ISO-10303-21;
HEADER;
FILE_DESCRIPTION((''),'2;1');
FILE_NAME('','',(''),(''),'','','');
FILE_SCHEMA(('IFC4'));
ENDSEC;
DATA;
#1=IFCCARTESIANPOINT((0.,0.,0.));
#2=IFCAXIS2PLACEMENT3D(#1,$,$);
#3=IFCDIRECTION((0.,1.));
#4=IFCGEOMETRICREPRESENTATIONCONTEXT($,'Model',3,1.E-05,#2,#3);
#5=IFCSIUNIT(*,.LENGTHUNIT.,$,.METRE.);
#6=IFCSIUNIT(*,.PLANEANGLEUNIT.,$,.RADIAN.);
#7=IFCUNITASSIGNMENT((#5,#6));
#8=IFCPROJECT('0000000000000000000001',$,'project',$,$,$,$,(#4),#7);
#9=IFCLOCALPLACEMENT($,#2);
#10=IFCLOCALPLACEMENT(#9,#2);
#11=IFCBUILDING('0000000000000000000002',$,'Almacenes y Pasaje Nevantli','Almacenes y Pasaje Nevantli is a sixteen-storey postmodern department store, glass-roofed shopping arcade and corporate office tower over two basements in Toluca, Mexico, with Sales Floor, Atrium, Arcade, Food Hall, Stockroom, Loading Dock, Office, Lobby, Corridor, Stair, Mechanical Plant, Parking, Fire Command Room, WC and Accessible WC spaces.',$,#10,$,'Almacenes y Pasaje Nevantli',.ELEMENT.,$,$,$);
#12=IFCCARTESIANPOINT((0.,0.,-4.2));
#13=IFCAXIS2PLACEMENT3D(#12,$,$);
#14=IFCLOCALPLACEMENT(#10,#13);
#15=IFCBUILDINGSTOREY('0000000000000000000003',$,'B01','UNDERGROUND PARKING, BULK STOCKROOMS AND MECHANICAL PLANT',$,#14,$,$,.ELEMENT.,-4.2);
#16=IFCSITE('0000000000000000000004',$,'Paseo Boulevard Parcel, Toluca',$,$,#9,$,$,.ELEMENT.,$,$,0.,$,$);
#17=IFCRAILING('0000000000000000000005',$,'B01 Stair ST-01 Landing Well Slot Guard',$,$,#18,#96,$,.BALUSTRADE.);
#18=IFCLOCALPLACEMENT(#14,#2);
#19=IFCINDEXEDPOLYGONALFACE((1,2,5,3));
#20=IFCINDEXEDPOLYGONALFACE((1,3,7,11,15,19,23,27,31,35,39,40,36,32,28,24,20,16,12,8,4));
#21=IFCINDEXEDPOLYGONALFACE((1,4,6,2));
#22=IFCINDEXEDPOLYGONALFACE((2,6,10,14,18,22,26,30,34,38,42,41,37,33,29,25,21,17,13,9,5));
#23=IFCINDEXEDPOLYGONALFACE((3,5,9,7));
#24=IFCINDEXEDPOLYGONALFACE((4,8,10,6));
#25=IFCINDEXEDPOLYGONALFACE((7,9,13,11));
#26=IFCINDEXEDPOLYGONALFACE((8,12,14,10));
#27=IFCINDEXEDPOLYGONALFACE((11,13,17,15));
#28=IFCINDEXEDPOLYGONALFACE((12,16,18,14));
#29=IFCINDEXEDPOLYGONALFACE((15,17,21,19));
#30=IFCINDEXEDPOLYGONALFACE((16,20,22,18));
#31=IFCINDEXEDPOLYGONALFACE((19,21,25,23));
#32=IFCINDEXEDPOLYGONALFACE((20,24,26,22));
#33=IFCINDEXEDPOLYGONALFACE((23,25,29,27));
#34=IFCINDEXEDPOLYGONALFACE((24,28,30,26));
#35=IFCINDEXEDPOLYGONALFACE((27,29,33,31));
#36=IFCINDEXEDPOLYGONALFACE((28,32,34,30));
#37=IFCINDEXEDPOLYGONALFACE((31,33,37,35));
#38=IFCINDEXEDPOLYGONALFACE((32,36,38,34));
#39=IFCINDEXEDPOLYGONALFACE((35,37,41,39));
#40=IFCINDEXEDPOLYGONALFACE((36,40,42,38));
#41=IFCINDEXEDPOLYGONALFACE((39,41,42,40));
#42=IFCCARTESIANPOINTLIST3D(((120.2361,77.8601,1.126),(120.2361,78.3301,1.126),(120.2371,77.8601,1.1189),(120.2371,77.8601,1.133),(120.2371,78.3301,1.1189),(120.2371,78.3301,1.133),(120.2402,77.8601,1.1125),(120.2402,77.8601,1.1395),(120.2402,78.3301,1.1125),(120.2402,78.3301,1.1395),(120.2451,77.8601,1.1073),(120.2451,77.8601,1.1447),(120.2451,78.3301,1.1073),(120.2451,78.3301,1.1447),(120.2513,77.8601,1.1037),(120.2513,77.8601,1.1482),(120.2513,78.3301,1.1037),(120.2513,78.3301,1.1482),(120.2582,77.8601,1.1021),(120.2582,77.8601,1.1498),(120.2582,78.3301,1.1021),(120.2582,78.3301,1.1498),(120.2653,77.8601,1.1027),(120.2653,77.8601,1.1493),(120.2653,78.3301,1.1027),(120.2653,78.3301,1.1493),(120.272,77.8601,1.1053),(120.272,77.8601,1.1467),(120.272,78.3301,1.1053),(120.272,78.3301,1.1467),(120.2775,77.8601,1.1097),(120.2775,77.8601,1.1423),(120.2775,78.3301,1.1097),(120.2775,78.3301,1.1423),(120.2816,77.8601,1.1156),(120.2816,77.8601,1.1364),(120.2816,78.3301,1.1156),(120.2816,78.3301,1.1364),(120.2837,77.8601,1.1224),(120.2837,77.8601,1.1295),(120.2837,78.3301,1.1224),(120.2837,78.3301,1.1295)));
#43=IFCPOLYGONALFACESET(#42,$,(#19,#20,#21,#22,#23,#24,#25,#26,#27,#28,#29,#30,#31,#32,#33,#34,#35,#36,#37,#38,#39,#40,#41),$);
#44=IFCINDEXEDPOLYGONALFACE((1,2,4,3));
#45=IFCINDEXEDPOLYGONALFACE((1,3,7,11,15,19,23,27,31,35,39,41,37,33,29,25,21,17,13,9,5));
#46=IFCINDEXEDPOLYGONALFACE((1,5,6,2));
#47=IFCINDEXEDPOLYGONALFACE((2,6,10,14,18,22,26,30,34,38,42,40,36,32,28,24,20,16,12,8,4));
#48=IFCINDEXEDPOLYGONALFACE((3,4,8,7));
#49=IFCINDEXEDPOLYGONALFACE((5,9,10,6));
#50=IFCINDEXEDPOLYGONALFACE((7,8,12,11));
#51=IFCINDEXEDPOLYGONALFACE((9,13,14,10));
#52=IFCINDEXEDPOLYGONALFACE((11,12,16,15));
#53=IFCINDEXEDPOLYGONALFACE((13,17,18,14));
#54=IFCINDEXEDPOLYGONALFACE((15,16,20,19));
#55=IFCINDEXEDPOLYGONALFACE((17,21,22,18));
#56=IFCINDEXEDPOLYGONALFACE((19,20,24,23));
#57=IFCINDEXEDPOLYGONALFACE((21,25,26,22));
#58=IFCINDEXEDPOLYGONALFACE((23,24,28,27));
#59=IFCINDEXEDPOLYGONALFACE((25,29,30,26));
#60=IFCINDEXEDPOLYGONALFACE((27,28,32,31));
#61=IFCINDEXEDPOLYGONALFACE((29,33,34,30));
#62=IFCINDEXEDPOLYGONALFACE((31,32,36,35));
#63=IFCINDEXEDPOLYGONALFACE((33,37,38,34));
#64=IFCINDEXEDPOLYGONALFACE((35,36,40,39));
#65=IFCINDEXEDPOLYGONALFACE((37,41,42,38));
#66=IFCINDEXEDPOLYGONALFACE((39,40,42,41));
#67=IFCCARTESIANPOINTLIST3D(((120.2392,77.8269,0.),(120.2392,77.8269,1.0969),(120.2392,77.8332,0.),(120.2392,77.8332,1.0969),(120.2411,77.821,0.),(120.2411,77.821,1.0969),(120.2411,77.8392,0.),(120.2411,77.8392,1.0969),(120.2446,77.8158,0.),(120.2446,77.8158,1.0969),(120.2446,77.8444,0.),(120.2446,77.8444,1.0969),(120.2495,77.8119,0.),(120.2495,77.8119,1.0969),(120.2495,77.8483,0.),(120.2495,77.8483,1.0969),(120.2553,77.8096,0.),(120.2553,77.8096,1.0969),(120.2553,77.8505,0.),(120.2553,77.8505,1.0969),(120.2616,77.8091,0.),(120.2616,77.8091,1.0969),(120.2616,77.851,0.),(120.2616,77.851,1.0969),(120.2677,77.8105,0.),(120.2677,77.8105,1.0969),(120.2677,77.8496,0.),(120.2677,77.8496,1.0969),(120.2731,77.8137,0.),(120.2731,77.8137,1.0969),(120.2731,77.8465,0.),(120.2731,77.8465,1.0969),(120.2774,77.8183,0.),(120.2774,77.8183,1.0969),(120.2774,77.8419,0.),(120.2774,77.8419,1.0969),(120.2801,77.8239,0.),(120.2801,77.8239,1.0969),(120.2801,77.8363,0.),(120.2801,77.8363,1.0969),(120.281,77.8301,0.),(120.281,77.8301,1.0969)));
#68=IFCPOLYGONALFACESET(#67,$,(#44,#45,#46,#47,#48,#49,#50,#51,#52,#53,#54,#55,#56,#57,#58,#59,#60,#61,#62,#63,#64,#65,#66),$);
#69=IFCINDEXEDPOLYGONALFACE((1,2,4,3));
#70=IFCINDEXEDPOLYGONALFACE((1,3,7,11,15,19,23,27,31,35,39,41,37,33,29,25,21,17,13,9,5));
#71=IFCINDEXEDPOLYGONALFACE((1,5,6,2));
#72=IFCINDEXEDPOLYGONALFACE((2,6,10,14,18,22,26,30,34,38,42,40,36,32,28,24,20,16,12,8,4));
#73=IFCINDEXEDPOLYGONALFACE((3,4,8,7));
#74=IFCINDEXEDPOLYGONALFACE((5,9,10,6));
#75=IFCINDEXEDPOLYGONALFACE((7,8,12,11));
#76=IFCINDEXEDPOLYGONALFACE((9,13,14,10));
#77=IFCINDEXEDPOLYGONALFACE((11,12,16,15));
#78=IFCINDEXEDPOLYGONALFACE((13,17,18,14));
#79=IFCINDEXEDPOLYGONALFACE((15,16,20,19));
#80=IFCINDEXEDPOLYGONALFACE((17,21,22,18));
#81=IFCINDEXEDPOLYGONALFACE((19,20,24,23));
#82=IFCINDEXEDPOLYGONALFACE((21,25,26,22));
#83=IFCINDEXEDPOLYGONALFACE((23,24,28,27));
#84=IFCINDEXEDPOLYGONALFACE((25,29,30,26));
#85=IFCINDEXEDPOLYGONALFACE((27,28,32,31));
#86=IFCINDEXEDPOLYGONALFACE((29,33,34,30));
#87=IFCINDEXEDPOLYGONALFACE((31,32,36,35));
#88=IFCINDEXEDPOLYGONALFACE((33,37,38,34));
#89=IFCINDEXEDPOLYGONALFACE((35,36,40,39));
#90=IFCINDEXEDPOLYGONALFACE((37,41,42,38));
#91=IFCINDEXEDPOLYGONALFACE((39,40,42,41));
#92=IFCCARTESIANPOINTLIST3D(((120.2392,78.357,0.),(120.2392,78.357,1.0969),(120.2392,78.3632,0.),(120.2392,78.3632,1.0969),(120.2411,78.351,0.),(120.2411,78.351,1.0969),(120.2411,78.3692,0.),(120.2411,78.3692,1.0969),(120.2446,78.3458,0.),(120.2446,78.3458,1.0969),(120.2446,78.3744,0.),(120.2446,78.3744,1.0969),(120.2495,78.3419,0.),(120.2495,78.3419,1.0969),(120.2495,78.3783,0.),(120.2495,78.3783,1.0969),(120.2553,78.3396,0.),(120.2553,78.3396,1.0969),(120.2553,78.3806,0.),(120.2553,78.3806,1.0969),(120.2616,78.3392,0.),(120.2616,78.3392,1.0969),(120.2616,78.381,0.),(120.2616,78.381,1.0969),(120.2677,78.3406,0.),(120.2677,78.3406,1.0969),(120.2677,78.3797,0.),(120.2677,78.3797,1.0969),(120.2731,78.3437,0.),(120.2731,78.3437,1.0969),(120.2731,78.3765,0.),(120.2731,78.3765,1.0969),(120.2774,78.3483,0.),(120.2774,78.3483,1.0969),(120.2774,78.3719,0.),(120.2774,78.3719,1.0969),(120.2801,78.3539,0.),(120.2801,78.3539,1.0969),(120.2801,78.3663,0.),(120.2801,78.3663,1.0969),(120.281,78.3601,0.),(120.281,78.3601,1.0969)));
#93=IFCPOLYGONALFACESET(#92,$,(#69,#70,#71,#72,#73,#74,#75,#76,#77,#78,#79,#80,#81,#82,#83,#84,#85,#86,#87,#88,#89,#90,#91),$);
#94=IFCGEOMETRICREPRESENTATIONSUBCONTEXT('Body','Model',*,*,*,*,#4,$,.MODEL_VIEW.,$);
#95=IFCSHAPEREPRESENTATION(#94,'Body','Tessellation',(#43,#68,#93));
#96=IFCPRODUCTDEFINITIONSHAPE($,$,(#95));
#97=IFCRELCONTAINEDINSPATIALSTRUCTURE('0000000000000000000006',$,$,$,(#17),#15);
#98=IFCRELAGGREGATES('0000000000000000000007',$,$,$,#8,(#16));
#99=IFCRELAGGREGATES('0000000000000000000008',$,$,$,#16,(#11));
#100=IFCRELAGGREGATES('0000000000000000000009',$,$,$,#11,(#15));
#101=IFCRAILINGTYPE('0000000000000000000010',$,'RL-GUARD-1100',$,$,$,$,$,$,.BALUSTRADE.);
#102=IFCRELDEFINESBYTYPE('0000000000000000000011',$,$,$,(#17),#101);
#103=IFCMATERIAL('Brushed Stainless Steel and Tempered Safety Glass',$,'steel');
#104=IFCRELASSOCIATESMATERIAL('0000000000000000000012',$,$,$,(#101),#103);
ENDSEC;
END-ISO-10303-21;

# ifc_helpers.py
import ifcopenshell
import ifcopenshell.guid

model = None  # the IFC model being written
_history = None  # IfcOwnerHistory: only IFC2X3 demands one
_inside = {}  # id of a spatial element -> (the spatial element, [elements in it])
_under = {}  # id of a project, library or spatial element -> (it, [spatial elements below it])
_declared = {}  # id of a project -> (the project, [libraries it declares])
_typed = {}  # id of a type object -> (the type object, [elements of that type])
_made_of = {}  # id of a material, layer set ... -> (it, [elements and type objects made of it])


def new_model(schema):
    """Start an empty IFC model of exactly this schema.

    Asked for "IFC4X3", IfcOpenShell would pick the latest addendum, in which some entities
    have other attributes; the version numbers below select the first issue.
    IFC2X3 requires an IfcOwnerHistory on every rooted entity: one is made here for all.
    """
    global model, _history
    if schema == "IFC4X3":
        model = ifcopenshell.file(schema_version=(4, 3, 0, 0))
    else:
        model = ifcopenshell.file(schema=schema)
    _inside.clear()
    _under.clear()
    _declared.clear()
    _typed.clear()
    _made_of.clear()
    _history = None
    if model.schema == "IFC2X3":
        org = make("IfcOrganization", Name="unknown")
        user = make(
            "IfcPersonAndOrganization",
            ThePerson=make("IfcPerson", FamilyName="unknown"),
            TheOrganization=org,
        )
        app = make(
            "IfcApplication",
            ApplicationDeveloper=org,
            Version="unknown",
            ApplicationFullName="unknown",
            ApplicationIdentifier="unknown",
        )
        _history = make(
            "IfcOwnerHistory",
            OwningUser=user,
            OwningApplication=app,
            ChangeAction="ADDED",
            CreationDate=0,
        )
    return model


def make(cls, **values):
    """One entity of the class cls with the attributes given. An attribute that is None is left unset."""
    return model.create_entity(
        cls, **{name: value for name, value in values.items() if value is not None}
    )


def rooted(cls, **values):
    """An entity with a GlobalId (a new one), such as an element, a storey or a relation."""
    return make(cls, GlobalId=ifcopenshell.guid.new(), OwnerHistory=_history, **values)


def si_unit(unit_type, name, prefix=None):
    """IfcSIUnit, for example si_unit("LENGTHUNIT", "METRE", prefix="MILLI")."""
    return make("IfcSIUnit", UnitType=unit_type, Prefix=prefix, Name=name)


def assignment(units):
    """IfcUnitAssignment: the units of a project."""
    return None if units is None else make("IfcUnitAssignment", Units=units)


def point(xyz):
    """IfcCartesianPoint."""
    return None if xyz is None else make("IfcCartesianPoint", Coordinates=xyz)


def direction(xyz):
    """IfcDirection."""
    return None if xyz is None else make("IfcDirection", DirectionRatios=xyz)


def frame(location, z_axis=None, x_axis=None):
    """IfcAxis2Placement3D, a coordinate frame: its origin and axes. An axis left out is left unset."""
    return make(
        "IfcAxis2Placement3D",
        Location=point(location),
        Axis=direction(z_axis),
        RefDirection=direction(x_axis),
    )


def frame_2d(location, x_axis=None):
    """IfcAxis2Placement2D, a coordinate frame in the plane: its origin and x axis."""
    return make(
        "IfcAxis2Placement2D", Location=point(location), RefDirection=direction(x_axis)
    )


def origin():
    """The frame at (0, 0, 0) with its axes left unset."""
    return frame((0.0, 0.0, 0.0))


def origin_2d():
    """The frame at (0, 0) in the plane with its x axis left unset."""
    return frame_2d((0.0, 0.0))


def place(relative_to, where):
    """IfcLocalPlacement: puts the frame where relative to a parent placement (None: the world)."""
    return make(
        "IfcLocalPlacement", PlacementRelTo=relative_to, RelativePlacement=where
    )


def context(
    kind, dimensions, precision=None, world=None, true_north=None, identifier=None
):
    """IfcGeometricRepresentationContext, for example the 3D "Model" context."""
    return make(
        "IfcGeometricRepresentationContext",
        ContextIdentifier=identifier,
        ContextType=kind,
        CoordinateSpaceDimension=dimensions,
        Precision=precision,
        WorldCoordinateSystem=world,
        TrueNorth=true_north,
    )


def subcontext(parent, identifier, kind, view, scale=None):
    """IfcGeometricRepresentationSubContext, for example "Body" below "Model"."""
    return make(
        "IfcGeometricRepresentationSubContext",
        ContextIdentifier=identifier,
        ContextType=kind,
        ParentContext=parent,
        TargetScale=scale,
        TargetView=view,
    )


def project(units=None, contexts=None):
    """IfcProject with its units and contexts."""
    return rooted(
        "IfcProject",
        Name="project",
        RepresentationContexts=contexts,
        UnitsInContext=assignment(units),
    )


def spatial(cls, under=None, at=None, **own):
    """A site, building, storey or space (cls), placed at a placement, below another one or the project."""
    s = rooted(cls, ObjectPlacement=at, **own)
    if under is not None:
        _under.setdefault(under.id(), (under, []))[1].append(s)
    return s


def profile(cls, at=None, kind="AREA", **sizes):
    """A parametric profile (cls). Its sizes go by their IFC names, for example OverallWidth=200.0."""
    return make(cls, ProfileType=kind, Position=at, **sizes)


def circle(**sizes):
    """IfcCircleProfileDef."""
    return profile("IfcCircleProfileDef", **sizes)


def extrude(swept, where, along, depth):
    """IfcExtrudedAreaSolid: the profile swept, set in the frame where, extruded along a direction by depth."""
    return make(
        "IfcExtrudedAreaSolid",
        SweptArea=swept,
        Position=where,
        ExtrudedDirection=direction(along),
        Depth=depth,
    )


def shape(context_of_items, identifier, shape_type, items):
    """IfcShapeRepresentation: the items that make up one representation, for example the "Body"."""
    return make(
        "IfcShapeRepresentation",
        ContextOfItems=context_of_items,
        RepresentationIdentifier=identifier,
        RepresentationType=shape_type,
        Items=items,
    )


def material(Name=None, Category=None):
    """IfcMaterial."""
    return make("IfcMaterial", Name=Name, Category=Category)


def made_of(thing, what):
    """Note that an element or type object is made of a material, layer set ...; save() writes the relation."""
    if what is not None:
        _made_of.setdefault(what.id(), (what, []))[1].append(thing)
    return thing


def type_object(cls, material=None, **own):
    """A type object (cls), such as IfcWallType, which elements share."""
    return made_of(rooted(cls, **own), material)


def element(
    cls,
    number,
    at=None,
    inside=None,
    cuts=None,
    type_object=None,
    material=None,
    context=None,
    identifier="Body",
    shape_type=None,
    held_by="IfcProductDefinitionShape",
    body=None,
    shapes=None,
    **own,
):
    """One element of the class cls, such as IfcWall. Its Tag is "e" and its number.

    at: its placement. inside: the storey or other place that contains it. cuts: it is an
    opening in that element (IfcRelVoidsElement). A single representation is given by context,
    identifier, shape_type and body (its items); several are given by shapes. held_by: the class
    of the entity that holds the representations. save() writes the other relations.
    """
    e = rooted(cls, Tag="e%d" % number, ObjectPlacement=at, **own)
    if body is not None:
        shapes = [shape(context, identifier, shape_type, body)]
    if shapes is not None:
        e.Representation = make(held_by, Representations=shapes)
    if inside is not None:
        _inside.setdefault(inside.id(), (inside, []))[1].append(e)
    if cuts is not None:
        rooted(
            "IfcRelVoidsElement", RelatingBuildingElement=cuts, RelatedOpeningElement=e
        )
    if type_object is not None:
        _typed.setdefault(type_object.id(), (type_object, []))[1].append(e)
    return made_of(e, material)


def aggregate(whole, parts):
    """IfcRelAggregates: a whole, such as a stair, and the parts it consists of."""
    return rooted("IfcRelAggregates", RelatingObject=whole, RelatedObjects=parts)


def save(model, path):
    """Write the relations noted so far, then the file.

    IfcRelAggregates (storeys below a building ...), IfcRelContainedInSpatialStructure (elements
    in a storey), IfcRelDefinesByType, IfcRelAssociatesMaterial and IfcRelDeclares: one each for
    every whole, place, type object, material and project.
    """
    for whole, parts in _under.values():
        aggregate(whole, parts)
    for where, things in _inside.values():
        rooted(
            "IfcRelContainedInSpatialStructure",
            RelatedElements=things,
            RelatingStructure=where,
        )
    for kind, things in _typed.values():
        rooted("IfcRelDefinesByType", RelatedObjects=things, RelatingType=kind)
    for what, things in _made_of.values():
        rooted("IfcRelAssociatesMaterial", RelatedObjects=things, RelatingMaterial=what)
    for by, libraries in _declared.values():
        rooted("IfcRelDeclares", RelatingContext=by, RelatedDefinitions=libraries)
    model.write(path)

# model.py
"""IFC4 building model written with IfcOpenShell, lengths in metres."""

from ifc_helpers import new_model, si_unit, direction, frame, origin, origin_2d, place, context, subcontext, project, spatial, circle, extrude, material, type_object, element, save


model = new_model("IFC4")

# Units and contexts
model_context = context("Model", 3, precision=1e-05, world=origin(), true_north=direction((0.0, 1.0)))
body_context = subcontext(model_context, "Body", "Model", "MODEL_VIEW")
ifc_project = project(units=[si_unit("LENGTHUNIT", "METRE"), si_unit("PLANEANGLEUNIT", "RADIAN")], contexts=[model_context])

# Site, building, storey
site_placement = place(None, origin())
site = spatial("IfcSite", under=ifc_project, at=site_placement, Name="Paseo Boulevard Parcel, Toluca", CompositionType="ELEMENT", RefElevation=0.0)
building_placement = place(site_placement, origin())
building = spatial("IfcBuilding", under=site, at=building_placement, Name="Almacenes y Pasaje Nevantli", Description="Almacenes y Pasaje Nevantli is a sixteen-storey postmodern department store, glass-roofed shopping arcade and corporate office tower over two basements in Toluca, Mexico, with Sales Floor, Atrium, Arcade, Food Hall, Stockroom, Loading Dock, Office, Lobby, Corridor, Stair, Mechanical Plant, Parking, Fire Command Room, WC and Accessible WC spaces.", LongName="Almacenes y Pasaje Nevantli", CompositionType="ELEMENT")
storey_placement = place(building_placement, frame((0.0, 0.0, -4.2)))
storey = spatial("IfcBuildingStorey", under=building, at=storey_placement, Name="B01", Description="UNDERGROUND PARKING, BULK STOCKROOMS AND MECHANICAL PLANT", CompositionType="ELEMENT", Elevation=-4.2)

# Railing
ifc_material_1 = material(Name="Brushed Stainless Steel and Tempered Safety Glass", Category="steel")
railing_type_1 = type_object("IfcRailingType", Name="RL-GUARD-1100", PredefinedType="BALUSTRADE", material=ifc_material_1)
railing_1_placement = place(storey_placement, frame((120.26, 77.8301, 0.0)))
element("IfcRailing", 1, at=railing_1_placement, inside=storey, type_object=railing_type_1, Name="B01 Stair ST-01 Landing Well Slot Guard", PredefinedType="BALUSTRADE", context=body_context, shape_type="SweptSolid", body=[
    extrude(circle(Radius=0.0239, at=origin_2d()), frame((0.0, 0.03, 1.126), z_axis=(0.0, 1.0, 0.0), x_axis=(-1.0, 0.0, 0.0)), (0.0, 0.0, 1.0), 0.47),
    extrude(circle(Radius=0.021, at=origin_2d()), origin(), (0.0, 0.0, 1.0), 1.0969),
    extrude(circle(Radius=0.021, at=origin_2d()), frame((0.0, 0.53, 0.0)), (0.0, 0.0, 1.0), 1.0969),
])

save(model, "model.ifc")
